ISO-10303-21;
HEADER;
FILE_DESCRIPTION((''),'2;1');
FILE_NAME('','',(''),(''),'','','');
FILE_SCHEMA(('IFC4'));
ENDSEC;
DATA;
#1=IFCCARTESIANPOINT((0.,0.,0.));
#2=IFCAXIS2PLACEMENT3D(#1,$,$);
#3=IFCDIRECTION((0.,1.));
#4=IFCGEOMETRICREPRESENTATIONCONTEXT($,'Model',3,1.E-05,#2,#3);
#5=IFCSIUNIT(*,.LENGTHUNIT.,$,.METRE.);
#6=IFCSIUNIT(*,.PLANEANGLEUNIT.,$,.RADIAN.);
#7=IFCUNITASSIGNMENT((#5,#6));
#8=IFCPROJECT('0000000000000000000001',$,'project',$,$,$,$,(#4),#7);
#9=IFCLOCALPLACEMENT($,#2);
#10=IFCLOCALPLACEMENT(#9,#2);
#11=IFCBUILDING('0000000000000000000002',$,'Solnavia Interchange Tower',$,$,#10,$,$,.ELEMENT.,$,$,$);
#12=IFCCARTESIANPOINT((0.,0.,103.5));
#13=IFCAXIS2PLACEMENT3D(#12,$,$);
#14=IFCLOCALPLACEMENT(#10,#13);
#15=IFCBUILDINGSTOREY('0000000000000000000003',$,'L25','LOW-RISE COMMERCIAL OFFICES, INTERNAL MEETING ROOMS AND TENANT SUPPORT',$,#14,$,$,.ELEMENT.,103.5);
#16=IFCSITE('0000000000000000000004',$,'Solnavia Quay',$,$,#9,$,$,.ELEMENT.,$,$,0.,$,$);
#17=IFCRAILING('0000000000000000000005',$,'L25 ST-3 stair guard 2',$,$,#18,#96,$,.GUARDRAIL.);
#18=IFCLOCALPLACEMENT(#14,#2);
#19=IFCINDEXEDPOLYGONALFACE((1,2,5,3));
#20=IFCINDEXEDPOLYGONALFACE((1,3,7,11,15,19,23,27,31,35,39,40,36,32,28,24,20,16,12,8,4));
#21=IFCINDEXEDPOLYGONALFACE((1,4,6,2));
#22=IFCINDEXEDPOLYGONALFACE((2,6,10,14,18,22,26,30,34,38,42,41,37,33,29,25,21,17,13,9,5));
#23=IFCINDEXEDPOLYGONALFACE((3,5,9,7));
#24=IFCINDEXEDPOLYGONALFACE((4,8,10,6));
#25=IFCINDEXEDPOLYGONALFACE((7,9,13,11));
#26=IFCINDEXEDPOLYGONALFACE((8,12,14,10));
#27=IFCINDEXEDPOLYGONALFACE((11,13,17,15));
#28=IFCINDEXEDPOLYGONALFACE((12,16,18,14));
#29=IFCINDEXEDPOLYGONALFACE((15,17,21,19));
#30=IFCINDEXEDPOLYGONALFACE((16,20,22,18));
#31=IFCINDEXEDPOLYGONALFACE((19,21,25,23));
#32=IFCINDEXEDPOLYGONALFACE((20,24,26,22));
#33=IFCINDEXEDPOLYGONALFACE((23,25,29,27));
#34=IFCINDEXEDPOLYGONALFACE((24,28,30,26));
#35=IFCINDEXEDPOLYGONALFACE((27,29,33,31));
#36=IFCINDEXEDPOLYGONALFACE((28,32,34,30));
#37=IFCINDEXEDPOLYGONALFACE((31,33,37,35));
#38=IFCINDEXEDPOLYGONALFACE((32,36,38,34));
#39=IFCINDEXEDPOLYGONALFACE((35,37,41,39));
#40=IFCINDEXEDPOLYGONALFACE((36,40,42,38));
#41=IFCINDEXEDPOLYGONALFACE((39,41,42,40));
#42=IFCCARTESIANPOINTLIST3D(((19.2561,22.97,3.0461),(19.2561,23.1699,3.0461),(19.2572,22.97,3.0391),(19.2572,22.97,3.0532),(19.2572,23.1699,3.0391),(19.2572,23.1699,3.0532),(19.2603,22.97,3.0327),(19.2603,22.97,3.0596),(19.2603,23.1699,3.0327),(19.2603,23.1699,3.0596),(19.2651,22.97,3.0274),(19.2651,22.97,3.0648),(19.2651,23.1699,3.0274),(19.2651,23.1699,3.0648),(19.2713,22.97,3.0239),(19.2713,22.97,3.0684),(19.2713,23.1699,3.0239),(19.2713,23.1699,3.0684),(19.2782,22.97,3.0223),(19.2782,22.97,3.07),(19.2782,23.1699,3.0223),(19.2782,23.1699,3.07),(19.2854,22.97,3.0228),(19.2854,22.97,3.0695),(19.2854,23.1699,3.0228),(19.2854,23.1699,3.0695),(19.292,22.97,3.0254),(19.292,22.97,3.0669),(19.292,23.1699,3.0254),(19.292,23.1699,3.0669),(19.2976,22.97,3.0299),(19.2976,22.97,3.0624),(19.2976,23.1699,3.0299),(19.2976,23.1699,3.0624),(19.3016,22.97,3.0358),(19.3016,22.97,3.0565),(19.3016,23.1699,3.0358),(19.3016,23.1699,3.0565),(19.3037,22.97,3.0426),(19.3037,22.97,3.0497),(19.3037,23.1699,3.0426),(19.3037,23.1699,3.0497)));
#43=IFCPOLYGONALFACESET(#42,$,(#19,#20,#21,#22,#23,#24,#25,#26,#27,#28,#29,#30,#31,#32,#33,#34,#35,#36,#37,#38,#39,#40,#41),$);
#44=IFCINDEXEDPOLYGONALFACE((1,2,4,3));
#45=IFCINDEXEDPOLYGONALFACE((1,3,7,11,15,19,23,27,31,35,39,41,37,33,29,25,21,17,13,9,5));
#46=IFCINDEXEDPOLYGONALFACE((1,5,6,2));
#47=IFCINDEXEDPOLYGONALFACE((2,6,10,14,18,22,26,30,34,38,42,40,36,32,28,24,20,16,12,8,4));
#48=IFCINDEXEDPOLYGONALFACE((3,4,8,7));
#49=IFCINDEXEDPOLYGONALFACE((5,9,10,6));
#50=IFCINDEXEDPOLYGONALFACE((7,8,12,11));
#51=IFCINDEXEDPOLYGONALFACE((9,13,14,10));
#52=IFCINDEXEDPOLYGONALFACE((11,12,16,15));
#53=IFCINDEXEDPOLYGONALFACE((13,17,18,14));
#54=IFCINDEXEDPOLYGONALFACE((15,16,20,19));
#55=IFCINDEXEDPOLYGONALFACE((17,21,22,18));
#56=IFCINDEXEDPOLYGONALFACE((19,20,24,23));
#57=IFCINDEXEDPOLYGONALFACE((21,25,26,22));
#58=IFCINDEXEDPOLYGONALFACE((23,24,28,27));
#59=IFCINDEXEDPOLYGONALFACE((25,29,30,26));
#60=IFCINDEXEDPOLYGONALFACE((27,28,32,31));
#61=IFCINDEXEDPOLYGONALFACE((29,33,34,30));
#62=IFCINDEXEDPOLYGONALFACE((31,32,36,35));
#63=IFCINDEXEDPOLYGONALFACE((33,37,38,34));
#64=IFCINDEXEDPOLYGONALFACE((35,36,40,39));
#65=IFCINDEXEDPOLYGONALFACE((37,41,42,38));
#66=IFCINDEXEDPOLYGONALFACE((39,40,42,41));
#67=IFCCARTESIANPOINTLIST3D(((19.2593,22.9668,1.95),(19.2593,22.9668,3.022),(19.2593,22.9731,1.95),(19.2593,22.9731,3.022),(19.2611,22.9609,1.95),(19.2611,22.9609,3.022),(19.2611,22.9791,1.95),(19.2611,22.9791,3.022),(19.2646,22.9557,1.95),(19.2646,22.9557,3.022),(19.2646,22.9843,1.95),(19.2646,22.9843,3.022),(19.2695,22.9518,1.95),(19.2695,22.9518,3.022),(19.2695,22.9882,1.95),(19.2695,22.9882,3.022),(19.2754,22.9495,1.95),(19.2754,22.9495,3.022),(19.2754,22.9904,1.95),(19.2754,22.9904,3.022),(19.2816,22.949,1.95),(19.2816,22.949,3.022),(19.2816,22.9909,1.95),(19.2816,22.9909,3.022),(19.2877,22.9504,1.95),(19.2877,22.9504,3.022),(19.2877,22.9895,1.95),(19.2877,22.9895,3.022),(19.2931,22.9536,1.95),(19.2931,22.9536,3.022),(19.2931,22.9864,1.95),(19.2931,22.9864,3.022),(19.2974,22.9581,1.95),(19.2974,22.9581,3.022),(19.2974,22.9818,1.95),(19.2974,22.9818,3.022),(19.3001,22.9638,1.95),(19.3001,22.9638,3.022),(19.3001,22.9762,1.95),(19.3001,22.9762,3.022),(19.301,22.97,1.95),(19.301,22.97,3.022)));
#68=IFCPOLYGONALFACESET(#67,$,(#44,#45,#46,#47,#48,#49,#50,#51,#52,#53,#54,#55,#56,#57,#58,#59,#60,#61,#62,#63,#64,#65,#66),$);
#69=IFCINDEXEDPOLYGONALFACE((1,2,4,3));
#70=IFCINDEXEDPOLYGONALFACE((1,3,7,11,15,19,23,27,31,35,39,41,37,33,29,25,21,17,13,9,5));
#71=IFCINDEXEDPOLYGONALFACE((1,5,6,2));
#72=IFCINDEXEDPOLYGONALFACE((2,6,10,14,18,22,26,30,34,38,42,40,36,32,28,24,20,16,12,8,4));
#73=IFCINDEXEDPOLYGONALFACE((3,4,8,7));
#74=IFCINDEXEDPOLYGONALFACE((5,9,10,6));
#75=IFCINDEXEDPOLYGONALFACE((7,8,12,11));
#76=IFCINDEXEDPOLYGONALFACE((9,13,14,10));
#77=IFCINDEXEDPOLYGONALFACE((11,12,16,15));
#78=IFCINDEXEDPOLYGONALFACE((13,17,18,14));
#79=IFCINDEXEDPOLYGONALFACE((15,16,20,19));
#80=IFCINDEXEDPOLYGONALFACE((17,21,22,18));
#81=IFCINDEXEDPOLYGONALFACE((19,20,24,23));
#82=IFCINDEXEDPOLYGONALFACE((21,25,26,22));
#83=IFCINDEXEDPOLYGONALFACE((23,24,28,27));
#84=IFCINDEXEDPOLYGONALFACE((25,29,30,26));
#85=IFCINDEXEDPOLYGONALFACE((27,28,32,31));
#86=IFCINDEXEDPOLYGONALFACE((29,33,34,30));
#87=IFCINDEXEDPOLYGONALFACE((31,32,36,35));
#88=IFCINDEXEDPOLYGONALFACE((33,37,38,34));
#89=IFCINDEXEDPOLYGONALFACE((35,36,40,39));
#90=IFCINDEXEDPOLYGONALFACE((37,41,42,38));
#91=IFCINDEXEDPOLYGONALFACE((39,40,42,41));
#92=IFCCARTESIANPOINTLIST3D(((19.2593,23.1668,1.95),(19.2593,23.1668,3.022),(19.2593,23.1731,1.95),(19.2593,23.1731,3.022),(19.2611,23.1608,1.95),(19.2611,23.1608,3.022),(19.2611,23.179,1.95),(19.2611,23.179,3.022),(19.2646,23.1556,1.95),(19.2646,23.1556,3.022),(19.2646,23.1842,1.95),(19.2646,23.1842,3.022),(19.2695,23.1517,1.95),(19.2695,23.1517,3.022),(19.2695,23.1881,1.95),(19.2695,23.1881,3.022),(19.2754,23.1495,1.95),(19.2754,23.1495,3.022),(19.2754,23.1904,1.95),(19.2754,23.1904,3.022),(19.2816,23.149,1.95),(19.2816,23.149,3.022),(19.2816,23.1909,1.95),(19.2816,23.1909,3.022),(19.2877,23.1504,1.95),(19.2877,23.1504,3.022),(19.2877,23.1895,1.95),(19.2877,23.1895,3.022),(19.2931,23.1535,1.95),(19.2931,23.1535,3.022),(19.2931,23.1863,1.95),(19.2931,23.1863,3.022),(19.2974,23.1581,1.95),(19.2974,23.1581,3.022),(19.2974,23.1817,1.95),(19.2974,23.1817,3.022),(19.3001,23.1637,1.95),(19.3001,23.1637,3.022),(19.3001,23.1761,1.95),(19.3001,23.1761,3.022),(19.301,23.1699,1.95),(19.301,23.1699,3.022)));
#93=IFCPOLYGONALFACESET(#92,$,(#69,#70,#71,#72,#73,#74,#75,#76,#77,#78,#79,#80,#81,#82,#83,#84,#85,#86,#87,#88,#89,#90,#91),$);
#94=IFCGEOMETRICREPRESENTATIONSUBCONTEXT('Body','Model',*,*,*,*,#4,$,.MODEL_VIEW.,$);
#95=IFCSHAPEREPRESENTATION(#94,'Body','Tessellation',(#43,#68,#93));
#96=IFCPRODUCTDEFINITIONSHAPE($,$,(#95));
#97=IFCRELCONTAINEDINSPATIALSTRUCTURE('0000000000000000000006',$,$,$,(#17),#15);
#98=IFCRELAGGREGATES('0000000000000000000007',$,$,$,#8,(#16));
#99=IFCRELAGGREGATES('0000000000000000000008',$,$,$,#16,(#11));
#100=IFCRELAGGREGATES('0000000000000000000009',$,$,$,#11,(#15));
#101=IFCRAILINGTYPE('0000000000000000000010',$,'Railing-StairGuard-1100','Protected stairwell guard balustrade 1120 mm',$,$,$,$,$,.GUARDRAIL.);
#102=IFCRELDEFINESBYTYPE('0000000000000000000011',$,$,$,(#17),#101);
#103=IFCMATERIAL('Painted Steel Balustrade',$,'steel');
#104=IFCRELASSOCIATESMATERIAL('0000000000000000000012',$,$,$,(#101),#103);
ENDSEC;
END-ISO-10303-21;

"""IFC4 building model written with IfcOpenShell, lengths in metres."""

from ifc_helpers import new_model, si_unit, direction, frame, origin, origin_2d, place, context, subcontext, project, spatial, circle, extrude, material, type_object, element, save


model = new_model("IFC4")

# Units and contexts
model_context = context("Model", 3, precision=1e-05, world=origin(), true_north=direction((0.0, 1.0)))
body_context = subcontext(model_context, "Body", "Model", "MODEL_VIEW")
ifc_project = project(units=[si_unit("LENGTHUNIT", "METRE"), si_unit("PLANEANGLEUNIT", "RADIAN")], contexts=[model_context])

# Site, building, storey
site_placement = place(None, origin())
site = spatial("IfcSite", under=ifc_project, at=site_placement, Name="Solnavia Quay", CompositionType="ELEMENT", RefElevation=0.0)
building_placement = place(site_placement, origin())
building = spatial("IfcBuilding", under=site, at=building_placement, Name="Solnavia Interchange Tower", CompositionType="ELEMENT")
storey_placement = place(building_placement, frame((0.0, 0.0, 103.5)))
storey = spatial("IfcBuildingStorey", under=building, at=storey_placement, Name="L25", Description="LOW-RISE COMMERCIAL OFFICES, INTERNAL MEETING ROOMS AND TENANT SUPPORT", CompositionType="ELEMENT", Elevation=103.5)

# Railing
ifc_material_1 = material(Name="Painted Steel Balustrade", Category="steel")
railing_type_1 = type_object("IfcRailingType", Name="Railing-StairGuard-1100", Description="Protected stairwell guard balustrade 1120 mm", PredefinedType="GUARDRAIL", material=ifc_material_1)
railing_1_placement = place(storey_placement, frame((19.28, 22.97, 1.95)))
element("IfcRailing", 1, at=railing_1_placement, inside=storey, type_object=railing_type_1, Name="L25 ST-3 stair guard 2", PredefinedType="GUARDRAIL", context=body_context, shape_type="SweptSolid", body=[
    extrude(circle(Radius=0.0239, at=origin_2d()), frame((0.0, 0.0, 1.0962), z_axis=(0.0, 1.0, 0.0), x_axis=(-1.0, 0.0, 0.0)), (0.0, 0.0, 1.0), 0.2),
    extrude(circle(Radius=0.021, at=origin_2d()), origin(), (0.0, 0.0, 1.0), 1.072),
    extrude(circle(Radius=0.021, at=origin_2d()), frame((0.0, 0.2, 0.0)), (0.0, 0.0, 1.0), 1.072),
])

save(model, "model.ifc")
